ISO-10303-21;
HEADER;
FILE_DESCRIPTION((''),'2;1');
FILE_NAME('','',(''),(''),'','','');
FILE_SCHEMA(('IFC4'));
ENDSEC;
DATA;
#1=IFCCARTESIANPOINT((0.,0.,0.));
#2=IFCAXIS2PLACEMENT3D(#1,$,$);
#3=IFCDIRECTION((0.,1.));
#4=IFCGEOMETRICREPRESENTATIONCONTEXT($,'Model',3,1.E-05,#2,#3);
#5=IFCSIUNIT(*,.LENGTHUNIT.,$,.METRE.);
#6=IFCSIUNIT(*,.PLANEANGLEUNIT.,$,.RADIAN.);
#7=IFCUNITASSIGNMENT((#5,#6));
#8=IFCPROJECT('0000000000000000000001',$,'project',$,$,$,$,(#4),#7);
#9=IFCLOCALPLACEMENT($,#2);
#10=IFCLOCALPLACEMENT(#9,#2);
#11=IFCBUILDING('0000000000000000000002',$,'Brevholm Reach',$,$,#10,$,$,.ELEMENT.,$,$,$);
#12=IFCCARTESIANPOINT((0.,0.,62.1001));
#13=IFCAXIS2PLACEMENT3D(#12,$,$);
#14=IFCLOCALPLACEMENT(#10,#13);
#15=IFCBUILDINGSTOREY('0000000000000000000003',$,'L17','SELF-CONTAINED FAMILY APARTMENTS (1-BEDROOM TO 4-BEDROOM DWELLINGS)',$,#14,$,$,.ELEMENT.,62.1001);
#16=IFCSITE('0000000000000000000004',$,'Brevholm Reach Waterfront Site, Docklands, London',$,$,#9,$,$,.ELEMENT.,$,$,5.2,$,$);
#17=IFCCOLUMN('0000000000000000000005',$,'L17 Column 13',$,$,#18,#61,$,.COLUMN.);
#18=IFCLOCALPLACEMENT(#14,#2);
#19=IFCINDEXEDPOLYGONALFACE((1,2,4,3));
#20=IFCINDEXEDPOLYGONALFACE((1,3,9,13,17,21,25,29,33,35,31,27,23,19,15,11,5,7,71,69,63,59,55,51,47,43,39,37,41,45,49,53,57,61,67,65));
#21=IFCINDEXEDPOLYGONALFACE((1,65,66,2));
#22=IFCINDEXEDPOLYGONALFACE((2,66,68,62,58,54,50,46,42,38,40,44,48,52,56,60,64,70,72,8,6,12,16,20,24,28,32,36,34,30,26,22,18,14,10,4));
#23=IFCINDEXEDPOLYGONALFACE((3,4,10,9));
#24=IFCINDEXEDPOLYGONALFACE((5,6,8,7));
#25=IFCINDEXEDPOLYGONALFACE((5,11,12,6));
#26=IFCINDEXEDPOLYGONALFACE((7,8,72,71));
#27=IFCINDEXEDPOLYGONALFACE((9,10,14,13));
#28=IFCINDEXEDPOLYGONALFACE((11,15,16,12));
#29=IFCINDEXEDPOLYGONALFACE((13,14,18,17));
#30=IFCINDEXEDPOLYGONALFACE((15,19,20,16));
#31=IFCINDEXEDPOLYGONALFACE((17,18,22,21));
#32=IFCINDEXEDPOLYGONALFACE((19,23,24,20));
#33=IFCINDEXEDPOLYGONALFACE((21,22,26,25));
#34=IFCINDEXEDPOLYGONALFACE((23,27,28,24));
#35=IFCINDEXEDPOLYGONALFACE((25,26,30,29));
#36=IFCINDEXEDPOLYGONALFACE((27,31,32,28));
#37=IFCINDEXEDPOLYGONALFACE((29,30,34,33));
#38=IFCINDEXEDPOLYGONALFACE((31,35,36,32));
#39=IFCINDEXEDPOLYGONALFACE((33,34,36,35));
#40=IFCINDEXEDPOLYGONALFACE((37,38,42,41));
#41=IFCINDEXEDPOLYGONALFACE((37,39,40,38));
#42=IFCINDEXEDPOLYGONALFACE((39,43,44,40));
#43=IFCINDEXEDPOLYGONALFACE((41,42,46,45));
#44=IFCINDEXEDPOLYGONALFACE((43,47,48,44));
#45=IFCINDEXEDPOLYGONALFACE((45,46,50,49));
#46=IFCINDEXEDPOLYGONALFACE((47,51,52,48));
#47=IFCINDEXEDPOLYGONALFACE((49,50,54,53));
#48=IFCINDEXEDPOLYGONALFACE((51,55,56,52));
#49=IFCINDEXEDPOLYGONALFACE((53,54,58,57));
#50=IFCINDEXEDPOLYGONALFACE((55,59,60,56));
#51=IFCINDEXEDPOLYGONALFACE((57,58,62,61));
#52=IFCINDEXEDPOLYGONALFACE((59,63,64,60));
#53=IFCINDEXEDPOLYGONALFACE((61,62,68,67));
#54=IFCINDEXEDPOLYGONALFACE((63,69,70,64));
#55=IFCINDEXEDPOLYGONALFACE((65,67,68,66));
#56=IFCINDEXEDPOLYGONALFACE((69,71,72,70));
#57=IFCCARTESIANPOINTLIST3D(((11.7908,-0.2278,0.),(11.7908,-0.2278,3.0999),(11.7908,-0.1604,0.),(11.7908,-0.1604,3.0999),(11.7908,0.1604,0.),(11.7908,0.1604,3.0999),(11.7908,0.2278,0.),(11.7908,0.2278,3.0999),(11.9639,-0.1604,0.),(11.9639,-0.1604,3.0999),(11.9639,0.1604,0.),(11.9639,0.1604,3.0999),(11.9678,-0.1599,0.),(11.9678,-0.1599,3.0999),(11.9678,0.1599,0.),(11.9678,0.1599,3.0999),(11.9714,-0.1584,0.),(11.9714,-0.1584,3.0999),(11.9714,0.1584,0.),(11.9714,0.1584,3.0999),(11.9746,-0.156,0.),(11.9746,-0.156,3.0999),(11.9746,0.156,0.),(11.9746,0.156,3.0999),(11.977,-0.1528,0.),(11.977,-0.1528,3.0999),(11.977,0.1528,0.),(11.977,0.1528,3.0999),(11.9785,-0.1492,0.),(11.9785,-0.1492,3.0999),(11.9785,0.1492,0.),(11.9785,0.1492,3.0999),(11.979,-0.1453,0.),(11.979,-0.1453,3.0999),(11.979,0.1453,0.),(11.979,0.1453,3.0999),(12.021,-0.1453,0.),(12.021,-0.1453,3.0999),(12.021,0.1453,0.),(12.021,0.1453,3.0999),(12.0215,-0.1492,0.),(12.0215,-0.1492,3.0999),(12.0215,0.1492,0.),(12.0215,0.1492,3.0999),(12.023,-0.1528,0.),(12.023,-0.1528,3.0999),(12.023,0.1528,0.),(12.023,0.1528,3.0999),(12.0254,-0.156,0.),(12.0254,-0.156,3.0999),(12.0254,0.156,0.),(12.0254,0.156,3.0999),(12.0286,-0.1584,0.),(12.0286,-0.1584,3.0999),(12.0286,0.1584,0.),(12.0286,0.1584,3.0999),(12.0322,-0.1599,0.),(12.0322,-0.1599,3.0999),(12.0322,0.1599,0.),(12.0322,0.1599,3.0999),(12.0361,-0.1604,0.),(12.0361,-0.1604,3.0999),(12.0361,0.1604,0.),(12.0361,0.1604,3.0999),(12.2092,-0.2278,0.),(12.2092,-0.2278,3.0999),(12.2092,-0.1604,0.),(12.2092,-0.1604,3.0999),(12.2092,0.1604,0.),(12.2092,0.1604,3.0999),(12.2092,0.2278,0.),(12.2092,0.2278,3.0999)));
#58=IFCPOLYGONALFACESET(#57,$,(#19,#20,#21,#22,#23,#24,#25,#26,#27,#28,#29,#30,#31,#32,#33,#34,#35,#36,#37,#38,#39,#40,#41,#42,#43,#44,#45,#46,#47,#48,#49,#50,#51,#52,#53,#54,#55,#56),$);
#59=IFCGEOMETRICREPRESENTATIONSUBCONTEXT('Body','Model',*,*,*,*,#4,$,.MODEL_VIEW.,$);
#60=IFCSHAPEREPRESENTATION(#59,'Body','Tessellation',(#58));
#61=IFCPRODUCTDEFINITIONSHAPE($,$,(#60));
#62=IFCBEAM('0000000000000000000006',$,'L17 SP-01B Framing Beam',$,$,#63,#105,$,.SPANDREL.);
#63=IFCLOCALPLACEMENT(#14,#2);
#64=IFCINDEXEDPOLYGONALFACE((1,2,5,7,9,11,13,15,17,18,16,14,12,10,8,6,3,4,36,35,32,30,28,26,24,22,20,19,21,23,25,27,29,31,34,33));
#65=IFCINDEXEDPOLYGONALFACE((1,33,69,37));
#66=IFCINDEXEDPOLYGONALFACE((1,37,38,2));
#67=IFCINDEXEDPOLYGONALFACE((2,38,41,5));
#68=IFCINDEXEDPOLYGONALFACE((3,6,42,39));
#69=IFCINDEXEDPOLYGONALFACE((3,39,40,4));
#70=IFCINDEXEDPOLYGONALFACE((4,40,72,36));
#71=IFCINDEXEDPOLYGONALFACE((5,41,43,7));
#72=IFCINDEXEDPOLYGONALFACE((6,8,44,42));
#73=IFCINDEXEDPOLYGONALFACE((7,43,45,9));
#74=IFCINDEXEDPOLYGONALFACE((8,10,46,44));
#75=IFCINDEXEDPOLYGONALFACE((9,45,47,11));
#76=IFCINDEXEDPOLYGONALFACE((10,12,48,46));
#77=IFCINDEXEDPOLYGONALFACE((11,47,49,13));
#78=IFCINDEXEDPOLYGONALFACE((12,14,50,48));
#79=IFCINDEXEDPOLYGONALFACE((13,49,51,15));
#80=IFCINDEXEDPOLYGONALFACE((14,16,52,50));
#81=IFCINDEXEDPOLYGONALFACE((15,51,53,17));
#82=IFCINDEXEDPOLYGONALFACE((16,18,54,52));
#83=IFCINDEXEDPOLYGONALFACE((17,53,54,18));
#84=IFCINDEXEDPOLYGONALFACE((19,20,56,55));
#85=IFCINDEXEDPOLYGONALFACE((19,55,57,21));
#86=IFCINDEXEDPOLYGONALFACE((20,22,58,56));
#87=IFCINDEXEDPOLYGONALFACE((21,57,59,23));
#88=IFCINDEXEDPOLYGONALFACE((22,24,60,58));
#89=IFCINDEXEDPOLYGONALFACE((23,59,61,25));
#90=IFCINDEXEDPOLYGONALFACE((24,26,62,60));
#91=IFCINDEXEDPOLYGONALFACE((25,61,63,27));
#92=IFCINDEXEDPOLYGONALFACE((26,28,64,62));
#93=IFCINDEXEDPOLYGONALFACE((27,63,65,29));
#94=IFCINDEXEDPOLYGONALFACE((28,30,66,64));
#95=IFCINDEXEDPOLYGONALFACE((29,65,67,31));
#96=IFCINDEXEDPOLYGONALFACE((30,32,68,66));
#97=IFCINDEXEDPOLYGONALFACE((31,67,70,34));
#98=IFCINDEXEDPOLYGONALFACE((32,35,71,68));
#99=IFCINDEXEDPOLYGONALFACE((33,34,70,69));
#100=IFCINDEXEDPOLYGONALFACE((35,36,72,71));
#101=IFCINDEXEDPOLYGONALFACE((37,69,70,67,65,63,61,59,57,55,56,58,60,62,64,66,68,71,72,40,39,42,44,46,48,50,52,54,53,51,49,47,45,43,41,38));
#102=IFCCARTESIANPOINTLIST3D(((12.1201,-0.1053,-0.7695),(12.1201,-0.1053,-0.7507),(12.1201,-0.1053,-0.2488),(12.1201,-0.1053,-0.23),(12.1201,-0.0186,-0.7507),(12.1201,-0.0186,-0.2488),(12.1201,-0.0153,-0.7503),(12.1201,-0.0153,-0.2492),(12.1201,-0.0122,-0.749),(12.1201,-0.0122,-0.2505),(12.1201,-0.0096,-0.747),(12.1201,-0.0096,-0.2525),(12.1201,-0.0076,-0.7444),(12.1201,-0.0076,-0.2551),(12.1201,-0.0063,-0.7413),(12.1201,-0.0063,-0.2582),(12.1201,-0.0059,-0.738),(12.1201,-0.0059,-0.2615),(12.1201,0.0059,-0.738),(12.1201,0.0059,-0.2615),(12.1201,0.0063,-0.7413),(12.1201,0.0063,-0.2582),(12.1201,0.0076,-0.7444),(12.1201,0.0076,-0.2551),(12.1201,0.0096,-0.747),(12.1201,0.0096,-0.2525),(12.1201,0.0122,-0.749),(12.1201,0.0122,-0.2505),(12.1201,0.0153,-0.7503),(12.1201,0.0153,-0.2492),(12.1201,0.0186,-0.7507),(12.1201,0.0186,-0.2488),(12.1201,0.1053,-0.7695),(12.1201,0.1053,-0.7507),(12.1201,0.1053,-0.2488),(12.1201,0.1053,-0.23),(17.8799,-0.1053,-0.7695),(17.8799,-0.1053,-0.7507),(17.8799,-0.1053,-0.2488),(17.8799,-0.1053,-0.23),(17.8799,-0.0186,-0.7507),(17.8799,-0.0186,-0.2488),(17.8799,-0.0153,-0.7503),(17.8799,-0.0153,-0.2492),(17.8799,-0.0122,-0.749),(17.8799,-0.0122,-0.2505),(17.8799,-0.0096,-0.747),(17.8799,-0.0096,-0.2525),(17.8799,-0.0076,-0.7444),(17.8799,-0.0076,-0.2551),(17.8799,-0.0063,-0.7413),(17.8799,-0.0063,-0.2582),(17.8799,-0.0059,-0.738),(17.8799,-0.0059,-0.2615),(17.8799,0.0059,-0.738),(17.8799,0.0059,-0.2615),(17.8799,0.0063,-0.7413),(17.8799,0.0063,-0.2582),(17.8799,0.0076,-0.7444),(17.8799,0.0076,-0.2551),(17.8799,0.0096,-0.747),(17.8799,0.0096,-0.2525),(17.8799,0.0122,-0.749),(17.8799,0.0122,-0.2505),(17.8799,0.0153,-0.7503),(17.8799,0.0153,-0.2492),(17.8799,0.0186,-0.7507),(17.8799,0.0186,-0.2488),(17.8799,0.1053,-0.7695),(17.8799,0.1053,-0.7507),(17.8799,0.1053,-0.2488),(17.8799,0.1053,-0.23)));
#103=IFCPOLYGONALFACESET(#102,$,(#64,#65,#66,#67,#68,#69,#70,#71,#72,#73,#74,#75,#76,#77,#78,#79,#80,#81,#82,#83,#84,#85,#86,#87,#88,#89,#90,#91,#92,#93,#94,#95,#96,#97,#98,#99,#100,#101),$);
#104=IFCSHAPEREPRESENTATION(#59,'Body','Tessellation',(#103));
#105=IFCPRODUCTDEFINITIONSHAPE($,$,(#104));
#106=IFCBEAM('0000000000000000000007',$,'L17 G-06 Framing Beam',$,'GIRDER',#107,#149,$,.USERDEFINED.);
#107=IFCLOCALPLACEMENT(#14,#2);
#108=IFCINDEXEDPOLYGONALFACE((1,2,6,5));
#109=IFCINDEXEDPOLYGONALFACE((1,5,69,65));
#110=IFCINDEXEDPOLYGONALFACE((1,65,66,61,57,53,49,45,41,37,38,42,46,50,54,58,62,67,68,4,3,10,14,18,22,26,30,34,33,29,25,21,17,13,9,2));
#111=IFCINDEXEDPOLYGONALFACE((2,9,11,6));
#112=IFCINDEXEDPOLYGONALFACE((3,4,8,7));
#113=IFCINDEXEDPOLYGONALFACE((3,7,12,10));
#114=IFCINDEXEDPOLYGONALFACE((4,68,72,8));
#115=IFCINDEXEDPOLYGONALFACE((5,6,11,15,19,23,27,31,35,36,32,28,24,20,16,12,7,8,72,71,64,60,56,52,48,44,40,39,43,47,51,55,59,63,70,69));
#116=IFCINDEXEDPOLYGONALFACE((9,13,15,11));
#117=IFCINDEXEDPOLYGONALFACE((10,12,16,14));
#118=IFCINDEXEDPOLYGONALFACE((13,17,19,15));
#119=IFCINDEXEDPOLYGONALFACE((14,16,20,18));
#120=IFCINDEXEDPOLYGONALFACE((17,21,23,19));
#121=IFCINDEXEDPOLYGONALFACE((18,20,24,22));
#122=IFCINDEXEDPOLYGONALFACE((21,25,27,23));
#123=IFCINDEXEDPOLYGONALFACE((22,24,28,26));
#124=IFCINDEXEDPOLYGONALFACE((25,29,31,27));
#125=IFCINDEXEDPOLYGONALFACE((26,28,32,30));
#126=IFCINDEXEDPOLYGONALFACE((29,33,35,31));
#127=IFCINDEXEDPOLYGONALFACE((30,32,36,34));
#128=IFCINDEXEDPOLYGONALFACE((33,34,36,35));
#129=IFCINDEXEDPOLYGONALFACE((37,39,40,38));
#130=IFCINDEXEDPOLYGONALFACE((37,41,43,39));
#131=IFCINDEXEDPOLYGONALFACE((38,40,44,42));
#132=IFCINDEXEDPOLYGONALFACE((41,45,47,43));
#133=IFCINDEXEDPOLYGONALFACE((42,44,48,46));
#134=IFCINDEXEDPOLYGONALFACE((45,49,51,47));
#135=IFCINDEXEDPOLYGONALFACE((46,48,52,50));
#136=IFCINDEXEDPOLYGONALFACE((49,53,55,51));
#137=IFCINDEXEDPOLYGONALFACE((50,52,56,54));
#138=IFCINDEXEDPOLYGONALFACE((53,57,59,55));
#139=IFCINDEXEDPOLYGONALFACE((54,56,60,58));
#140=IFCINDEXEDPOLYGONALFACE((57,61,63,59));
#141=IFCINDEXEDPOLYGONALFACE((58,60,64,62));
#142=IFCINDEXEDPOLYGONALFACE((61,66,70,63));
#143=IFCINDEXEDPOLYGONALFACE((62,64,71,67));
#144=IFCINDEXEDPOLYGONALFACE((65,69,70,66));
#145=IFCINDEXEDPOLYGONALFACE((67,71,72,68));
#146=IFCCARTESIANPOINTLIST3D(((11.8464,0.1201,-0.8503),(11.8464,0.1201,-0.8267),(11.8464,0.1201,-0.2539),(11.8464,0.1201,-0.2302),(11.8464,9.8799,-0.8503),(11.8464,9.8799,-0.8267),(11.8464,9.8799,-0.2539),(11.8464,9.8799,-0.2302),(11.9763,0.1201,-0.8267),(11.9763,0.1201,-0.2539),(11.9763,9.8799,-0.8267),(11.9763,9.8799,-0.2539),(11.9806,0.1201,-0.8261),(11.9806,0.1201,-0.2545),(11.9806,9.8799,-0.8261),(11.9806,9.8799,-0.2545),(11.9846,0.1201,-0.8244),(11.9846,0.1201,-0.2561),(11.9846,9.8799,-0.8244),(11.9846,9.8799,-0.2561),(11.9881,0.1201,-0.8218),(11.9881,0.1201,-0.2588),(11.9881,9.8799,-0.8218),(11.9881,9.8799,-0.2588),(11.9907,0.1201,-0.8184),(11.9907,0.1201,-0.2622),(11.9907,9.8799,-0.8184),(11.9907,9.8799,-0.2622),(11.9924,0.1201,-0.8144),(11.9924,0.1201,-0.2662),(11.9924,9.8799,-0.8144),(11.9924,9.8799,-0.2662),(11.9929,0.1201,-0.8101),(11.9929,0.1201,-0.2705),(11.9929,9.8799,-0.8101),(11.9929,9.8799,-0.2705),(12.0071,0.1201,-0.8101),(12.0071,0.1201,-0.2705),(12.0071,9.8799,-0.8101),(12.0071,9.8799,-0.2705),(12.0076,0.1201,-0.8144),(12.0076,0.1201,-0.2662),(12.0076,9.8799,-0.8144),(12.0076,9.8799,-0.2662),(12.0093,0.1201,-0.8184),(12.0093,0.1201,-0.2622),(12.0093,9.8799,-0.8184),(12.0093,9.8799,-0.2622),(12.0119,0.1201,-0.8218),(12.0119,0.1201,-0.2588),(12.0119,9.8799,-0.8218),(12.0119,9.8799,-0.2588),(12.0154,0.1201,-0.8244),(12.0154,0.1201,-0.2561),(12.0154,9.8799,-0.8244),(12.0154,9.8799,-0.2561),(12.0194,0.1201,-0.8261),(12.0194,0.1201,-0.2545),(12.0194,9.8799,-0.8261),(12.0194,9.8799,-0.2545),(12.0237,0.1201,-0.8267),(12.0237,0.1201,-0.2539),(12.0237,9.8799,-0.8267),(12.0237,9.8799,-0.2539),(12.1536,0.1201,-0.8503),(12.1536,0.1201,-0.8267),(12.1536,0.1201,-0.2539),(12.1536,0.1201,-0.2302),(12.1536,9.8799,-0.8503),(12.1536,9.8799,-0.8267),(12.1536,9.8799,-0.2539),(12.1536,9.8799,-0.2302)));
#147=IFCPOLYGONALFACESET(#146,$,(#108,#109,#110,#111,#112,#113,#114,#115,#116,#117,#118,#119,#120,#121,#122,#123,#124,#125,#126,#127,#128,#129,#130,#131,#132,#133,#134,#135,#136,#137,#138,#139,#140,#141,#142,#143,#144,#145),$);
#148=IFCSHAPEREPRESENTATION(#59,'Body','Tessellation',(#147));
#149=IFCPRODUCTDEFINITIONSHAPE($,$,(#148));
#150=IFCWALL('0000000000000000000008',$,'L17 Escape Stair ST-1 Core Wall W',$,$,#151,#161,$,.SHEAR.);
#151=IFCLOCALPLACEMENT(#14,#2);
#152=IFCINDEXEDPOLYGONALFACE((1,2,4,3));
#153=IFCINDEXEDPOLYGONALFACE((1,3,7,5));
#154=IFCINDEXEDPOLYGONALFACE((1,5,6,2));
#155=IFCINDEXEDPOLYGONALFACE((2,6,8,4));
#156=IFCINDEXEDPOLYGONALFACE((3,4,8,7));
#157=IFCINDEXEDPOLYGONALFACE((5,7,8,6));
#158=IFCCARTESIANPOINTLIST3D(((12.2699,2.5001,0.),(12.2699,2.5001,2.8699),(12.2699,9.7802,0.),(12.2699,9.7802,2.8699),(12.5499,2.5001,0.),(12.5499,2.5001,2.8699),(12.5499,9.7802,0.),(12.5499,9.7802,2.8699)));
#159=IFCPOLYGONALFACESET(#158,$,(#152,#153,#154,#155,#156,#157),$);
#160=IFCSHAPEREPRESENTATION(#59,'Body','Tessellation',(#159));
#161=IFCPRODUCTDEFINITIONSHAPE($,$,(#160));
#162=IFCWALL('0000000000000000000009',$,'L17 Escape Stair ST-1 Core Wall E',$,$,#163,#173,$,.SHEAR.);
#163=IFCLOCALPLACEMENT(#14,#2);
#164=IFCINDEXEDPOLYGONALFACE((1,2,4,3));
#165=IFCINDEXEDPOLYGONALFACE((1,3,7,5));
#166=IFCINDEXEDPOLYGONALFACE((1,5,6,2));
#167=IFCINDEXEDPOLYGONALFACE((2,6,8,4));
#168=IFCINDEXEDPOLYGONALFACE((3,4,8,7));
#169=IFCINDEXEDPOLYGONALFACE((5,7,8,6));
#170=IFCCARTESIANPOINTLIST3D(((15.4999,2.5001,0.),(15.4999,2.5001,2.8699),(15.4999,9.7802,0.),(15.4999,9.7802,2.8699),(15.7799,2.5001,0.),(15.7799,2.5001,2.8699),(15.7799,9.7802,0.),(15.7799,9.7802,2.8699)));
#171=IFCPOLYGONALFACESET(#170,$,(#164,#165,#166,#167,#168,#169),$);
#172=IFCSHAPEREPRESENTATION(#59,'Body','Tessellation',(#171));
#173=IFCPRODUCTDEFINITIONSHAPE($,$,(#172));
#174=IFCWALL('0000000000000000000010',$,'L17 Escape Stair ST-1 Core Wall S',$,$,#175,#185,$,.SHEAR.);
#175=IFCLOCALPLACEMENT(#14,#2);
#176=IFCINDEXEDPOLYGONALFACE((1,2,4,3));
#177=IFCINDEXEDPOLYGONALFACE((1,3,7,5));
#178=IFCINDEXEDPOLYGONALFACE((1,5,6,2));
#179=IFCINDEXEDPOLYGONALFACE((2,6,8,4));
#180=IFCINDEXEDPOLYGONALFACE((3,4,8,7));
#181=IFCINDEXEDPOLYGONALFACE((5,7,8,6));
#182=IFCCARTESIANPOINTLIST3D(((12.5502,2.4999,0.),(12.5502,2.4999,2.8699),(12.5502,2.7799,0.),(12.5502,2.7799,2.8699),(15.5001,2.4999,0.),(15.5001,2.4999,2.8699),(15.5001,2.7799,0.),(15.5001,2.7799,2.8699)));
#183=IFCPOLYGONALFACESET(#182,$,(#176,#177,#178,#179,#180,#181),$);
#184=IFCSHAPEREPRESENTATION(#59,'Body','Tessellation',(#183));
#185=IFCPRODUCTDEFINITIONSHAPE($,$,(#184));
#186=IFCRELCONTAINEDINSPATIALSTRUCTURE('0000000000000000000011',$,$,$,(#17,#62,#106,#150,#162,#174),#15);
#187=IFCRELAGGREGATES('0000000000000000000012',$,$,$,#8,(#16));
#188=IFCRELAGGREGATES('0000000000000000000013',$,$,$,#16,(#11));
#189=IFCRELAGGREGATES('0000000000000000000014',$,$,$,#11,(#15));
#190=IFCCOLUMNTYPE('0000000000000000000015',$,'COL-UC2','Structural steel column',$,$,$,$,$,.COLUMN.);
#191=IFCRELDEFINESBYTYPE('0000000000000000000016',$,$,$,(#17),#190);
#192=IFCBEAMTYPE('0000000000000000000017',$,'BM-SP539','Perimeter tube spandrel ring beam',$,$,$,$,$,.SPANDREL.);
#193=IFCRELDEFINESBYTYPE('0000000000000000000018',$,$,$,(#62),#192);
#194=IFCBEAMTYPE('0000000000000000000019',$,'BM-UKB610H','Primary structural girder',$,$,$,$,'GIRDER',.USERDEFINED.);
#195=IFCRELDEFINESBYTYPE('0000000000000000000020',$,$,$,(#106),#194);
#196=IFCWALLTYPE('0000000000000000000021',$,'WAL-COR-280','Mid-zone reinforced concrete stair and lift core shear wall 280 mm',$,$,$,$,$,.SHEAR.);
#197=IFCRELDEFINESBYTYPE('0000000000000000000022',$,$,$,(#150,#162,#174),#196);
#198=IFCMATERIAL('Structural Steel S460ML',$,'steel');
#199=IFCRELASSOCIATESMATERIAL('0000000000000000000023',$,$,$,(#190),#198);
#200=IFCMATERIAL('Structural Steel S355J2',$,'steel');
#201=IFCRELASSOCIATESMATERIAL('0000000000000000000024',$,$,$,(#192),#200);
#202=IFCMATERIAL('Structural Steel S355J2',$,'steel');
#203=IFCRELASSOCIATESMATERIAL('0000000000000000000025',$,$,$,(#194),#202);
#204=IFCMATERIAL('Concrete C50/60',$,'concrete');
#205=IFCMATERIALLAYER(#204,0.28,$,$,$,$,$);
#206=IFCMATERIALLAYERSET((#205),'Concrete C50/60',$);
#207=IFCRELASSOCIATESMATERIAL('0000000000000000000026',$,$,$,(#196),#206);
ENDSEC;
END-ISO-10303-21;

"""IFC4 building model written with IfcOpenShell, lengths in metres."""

from ifc_helpers import new_model, si_unit, direction, frame, frame_2d, origin, origin_2d, place, context, subcontext, project, spatial, rectangle, i_section, extrude, material, layer, layer_set, material_profile, profile_set, type_object, element, save


model = new_model("IFC4")

# Units and contexts
model_context = context("Model", 3, precision=1e-05, world=origin(), true_north=direction((0.0, 1.0)))
body_context = subcontext(model_context, "Body", "Model", "MODEL_VIEW")
ifc_project = project(units=[si_unit("LENGTHUNIT", "METRE"), si_unit("PLANEANGLEUNIT", "RADIAN")], contexts=[model_context])

# Site, building, storey
site_placement = place(None, origin())
site = spatial("IfcSite", under=ifc_project, at=site_placement, Name="Brevholm Reach Waterfront Site, Docklands, London", CompositionType="ELEMENT", RefElevation=5.2)
building_placement = place(site_placement, origin())
building = spatial("IfcBuilding", under=site, at=building_placement, Name="Brevholm Reach", CompositionType="ELEMENT")
storey_placement = place(building_placement, frame((0.0, 0.0, 62.1001)))
storey = spatial("IfcBuildingStorey", under=building, at=storey_placement, Name="L17", Description="SELF-CONTAINED FAMILY APARTMENTS (1-BEDROOM TO 4-BEDROOM DWELLINGS)", CompositionType="ELEMENT", Elevation=62.1001)

# Column
ifc_material_1 = material(Name="Structural Steel S460ML", Category="steel")
ifc_material_profile_1 = material_profile(ifc_material_1, i_section(OverallWidth=0.4185, OverallDepth=0.4556, WebThickness=0.042, FlangeThickness=0.0674, FilletRadius=0.0151, at=origin_2d()), Name="UKC 356x406x551")
ifc_profile_set_1 = profile_set([ifc_material_profile_1], Name="Structural Steel S460ML")
column_type = type_object("IfcColumnType", Name="COL-UC2", Description="Structural steel column", PredefinedType="COLUMN", material=ifc_profile_set_1)
column_placement = place(storey_placement, frame((12.0, 0.0, 0.0), z_axis=(0.0, 0.0, 1.0), x_axis=(1.0, 0.0, 0.0)))
element("IfcColumn", 1, at=column_placement, inside=storey, type_object=column_type, Name="L17 Column 13", PredefinedType="COLUMN", context=body_context, shape_type="SweptSolid", body=[
    extrude(i_section(OverallWidth=0.4185, OverallDepth=0.4556, WebThickness=0.042, FlangeThickness=0.0674, FilletRadius=0.0151, at=origin_2d()), origin(), (0.0, 0.0, 1.0), 3.0999),
])

# Beams
ifc_material_2 = material(Name="Structural Steel S355J2", Category="steel")
ifc_material_profile_2 = material_profile(ifc_material_2, i_section(OverallWidth=0.2107, OverallDepth=0.5396, WebThickness=0.0117, FlangeThickness=0.0188, FilletRadius=0.0127, at=origin_2d()), Name="UKB 533x210x109")
ifc_profile_set_2 = profile_set([ifc_material_profile_2], Name="Structural Steel S355J2")
beam_type_1 = type_object("IfcBeamType", Name="BM-SP539", Description="Perimeter tube spandrel ring beam", PredefinedType="SPANDREL", material=ifc_profile_set_2)
beam_1_placement = place(storey_placement, frame((12.1201, 0.0, -0.4998), z_axis=(1.0, 0.0, 0.0), x_axis=(0.0, 1.0, 0.0)))
element("IfcBeam", 2, at=beam_1_placement, inside=storey, type_object=beam_type_1, Name="L17 SP-01B Framing Beam", PredefinedType="SPANDREL", context=body_context, shape_type="SweptSolid", body=[
    extrude(i_section(OverallWidth=0.2107, OverallDepth=0.5396, WebThickness=0.0117, FlangeThickness=0.0188, FilletRadius=0.0127, at=origin_2d()), origin(), (0.0, 0.0, 1.0), 5.7598),
])
ifc_material_3 = material(Name="Structural Steel S355J2", Category="steel")
ifc_material_profile_3 = material_profile(ifc_material_3, i_section(OverallWidth=0.3071, OverallDepth=0.6201, WebThickness=0.0142, FlangeThickness=0.0237, FilletRadius=0.0166, at=origin_2d()), Name="UKB 610x305x179")
ifc_profile_set_3 = profile_set([ifc_material_profile_3], Name="Structural Steel S355J2")
beam_type_2 = type_object("IfcBeamType", Name="BM-UKB610H", Description="Primary structural girder", ElementType="GIRDER", PredefinedType="USERDEFINED", material=ifc_profile_set_3)
beam_2_placement = place(storey_placement, frame((12.0, 0.1201, -0.5403), z_axis=(0.0, 1.0, 0.0), x_axis=(-1.0, 0.0, 0.0)))
element("IfcBeam", 3, at=beam_2_placement, inside=storey, type_object=beam_type_2, Name="L17 G-06 Framing Beam", ObjectType="GIRDER", PredefinedType="USERDEFINED", context=body_context, shape_type="SweptSolid", body=[
    extrude(i_section(OverallWidth=0.3071, OverallDepth=0.6201, WebThickness=0.0142, FlangeThickness=0.0237, FilletRadius=0.0166, at=origin_2d()), origin(), (0.0, 0.0, 1.0), 9.7598),
])

# Walls
ifc_material_4 = material(Name="Concrete C50/60", Category="concrete")
ifc_layer_1 = layer(ifc_material_4, 0.28)
ifc_layer_set_1 = layer_set([ifc_layer_1], Name="Concrete C50/60")
wall_type_1 = type_object("IfcWallType", Name="WAL-COR-280", Description="Mid-zone reinforced concrete stair and lift core shear wall 280 mm", PredefinedType="SHEAR", material=ifc_layer_set_1)
for number, where, z_axis, x_axis, name in (
    (4, (12.4099, 2.5, 0.0), (0.0, 0.0, 1.0), (0.0, 1.0, 0.0), "L17 Escape Stair ST-1 Core Wall W"),
    (5, (15.6399, 2.5, 0.0), (0.0, 0.0, 1.0), (0.0, 1.0, 0.0), "L17 Escape Stair ST-1 Core Wall E"),
):
    element("IfcWall", number, at=place(storey_placement, frame(where, z_axis=z_axis, x_axis=x_axis)), inside=storey, type_object=wall_type_1, Name=name, PredefinedType="SHEAR", context=body_context, shape_type="SweptSolid", body=[
        extrude(rectangle(XDim=7.28, YDim=0.28, at=frame_2d((3.6401, 0.0))), origin(), (0.0, 0.0, 1.0), 2.8699),
    ])
wall_1_placement = place(storey_placement, frame((12.55, 2.6399, 0.0), z_axis=(0.0, 0.0, 1.0), x_axis=(1.0, 0.0, 0.0)))
element("IfcWall", 6, at=wall_1_placement, inside=storey, type_object=wall_type_1, Name="L17 Escape Stair ST-1 Core Wall S", PredefinedType="SHEAR", context=body_context, shape_type="SweptSolid", body=[
    extrude(rectangle(XDim=2.95, YDim=0.28, at=frame_2d((1.4751, 0.0))), origin(), (0.0, 0.0, 1.0), 2.8699),
])

save(model, "model.ifc")
